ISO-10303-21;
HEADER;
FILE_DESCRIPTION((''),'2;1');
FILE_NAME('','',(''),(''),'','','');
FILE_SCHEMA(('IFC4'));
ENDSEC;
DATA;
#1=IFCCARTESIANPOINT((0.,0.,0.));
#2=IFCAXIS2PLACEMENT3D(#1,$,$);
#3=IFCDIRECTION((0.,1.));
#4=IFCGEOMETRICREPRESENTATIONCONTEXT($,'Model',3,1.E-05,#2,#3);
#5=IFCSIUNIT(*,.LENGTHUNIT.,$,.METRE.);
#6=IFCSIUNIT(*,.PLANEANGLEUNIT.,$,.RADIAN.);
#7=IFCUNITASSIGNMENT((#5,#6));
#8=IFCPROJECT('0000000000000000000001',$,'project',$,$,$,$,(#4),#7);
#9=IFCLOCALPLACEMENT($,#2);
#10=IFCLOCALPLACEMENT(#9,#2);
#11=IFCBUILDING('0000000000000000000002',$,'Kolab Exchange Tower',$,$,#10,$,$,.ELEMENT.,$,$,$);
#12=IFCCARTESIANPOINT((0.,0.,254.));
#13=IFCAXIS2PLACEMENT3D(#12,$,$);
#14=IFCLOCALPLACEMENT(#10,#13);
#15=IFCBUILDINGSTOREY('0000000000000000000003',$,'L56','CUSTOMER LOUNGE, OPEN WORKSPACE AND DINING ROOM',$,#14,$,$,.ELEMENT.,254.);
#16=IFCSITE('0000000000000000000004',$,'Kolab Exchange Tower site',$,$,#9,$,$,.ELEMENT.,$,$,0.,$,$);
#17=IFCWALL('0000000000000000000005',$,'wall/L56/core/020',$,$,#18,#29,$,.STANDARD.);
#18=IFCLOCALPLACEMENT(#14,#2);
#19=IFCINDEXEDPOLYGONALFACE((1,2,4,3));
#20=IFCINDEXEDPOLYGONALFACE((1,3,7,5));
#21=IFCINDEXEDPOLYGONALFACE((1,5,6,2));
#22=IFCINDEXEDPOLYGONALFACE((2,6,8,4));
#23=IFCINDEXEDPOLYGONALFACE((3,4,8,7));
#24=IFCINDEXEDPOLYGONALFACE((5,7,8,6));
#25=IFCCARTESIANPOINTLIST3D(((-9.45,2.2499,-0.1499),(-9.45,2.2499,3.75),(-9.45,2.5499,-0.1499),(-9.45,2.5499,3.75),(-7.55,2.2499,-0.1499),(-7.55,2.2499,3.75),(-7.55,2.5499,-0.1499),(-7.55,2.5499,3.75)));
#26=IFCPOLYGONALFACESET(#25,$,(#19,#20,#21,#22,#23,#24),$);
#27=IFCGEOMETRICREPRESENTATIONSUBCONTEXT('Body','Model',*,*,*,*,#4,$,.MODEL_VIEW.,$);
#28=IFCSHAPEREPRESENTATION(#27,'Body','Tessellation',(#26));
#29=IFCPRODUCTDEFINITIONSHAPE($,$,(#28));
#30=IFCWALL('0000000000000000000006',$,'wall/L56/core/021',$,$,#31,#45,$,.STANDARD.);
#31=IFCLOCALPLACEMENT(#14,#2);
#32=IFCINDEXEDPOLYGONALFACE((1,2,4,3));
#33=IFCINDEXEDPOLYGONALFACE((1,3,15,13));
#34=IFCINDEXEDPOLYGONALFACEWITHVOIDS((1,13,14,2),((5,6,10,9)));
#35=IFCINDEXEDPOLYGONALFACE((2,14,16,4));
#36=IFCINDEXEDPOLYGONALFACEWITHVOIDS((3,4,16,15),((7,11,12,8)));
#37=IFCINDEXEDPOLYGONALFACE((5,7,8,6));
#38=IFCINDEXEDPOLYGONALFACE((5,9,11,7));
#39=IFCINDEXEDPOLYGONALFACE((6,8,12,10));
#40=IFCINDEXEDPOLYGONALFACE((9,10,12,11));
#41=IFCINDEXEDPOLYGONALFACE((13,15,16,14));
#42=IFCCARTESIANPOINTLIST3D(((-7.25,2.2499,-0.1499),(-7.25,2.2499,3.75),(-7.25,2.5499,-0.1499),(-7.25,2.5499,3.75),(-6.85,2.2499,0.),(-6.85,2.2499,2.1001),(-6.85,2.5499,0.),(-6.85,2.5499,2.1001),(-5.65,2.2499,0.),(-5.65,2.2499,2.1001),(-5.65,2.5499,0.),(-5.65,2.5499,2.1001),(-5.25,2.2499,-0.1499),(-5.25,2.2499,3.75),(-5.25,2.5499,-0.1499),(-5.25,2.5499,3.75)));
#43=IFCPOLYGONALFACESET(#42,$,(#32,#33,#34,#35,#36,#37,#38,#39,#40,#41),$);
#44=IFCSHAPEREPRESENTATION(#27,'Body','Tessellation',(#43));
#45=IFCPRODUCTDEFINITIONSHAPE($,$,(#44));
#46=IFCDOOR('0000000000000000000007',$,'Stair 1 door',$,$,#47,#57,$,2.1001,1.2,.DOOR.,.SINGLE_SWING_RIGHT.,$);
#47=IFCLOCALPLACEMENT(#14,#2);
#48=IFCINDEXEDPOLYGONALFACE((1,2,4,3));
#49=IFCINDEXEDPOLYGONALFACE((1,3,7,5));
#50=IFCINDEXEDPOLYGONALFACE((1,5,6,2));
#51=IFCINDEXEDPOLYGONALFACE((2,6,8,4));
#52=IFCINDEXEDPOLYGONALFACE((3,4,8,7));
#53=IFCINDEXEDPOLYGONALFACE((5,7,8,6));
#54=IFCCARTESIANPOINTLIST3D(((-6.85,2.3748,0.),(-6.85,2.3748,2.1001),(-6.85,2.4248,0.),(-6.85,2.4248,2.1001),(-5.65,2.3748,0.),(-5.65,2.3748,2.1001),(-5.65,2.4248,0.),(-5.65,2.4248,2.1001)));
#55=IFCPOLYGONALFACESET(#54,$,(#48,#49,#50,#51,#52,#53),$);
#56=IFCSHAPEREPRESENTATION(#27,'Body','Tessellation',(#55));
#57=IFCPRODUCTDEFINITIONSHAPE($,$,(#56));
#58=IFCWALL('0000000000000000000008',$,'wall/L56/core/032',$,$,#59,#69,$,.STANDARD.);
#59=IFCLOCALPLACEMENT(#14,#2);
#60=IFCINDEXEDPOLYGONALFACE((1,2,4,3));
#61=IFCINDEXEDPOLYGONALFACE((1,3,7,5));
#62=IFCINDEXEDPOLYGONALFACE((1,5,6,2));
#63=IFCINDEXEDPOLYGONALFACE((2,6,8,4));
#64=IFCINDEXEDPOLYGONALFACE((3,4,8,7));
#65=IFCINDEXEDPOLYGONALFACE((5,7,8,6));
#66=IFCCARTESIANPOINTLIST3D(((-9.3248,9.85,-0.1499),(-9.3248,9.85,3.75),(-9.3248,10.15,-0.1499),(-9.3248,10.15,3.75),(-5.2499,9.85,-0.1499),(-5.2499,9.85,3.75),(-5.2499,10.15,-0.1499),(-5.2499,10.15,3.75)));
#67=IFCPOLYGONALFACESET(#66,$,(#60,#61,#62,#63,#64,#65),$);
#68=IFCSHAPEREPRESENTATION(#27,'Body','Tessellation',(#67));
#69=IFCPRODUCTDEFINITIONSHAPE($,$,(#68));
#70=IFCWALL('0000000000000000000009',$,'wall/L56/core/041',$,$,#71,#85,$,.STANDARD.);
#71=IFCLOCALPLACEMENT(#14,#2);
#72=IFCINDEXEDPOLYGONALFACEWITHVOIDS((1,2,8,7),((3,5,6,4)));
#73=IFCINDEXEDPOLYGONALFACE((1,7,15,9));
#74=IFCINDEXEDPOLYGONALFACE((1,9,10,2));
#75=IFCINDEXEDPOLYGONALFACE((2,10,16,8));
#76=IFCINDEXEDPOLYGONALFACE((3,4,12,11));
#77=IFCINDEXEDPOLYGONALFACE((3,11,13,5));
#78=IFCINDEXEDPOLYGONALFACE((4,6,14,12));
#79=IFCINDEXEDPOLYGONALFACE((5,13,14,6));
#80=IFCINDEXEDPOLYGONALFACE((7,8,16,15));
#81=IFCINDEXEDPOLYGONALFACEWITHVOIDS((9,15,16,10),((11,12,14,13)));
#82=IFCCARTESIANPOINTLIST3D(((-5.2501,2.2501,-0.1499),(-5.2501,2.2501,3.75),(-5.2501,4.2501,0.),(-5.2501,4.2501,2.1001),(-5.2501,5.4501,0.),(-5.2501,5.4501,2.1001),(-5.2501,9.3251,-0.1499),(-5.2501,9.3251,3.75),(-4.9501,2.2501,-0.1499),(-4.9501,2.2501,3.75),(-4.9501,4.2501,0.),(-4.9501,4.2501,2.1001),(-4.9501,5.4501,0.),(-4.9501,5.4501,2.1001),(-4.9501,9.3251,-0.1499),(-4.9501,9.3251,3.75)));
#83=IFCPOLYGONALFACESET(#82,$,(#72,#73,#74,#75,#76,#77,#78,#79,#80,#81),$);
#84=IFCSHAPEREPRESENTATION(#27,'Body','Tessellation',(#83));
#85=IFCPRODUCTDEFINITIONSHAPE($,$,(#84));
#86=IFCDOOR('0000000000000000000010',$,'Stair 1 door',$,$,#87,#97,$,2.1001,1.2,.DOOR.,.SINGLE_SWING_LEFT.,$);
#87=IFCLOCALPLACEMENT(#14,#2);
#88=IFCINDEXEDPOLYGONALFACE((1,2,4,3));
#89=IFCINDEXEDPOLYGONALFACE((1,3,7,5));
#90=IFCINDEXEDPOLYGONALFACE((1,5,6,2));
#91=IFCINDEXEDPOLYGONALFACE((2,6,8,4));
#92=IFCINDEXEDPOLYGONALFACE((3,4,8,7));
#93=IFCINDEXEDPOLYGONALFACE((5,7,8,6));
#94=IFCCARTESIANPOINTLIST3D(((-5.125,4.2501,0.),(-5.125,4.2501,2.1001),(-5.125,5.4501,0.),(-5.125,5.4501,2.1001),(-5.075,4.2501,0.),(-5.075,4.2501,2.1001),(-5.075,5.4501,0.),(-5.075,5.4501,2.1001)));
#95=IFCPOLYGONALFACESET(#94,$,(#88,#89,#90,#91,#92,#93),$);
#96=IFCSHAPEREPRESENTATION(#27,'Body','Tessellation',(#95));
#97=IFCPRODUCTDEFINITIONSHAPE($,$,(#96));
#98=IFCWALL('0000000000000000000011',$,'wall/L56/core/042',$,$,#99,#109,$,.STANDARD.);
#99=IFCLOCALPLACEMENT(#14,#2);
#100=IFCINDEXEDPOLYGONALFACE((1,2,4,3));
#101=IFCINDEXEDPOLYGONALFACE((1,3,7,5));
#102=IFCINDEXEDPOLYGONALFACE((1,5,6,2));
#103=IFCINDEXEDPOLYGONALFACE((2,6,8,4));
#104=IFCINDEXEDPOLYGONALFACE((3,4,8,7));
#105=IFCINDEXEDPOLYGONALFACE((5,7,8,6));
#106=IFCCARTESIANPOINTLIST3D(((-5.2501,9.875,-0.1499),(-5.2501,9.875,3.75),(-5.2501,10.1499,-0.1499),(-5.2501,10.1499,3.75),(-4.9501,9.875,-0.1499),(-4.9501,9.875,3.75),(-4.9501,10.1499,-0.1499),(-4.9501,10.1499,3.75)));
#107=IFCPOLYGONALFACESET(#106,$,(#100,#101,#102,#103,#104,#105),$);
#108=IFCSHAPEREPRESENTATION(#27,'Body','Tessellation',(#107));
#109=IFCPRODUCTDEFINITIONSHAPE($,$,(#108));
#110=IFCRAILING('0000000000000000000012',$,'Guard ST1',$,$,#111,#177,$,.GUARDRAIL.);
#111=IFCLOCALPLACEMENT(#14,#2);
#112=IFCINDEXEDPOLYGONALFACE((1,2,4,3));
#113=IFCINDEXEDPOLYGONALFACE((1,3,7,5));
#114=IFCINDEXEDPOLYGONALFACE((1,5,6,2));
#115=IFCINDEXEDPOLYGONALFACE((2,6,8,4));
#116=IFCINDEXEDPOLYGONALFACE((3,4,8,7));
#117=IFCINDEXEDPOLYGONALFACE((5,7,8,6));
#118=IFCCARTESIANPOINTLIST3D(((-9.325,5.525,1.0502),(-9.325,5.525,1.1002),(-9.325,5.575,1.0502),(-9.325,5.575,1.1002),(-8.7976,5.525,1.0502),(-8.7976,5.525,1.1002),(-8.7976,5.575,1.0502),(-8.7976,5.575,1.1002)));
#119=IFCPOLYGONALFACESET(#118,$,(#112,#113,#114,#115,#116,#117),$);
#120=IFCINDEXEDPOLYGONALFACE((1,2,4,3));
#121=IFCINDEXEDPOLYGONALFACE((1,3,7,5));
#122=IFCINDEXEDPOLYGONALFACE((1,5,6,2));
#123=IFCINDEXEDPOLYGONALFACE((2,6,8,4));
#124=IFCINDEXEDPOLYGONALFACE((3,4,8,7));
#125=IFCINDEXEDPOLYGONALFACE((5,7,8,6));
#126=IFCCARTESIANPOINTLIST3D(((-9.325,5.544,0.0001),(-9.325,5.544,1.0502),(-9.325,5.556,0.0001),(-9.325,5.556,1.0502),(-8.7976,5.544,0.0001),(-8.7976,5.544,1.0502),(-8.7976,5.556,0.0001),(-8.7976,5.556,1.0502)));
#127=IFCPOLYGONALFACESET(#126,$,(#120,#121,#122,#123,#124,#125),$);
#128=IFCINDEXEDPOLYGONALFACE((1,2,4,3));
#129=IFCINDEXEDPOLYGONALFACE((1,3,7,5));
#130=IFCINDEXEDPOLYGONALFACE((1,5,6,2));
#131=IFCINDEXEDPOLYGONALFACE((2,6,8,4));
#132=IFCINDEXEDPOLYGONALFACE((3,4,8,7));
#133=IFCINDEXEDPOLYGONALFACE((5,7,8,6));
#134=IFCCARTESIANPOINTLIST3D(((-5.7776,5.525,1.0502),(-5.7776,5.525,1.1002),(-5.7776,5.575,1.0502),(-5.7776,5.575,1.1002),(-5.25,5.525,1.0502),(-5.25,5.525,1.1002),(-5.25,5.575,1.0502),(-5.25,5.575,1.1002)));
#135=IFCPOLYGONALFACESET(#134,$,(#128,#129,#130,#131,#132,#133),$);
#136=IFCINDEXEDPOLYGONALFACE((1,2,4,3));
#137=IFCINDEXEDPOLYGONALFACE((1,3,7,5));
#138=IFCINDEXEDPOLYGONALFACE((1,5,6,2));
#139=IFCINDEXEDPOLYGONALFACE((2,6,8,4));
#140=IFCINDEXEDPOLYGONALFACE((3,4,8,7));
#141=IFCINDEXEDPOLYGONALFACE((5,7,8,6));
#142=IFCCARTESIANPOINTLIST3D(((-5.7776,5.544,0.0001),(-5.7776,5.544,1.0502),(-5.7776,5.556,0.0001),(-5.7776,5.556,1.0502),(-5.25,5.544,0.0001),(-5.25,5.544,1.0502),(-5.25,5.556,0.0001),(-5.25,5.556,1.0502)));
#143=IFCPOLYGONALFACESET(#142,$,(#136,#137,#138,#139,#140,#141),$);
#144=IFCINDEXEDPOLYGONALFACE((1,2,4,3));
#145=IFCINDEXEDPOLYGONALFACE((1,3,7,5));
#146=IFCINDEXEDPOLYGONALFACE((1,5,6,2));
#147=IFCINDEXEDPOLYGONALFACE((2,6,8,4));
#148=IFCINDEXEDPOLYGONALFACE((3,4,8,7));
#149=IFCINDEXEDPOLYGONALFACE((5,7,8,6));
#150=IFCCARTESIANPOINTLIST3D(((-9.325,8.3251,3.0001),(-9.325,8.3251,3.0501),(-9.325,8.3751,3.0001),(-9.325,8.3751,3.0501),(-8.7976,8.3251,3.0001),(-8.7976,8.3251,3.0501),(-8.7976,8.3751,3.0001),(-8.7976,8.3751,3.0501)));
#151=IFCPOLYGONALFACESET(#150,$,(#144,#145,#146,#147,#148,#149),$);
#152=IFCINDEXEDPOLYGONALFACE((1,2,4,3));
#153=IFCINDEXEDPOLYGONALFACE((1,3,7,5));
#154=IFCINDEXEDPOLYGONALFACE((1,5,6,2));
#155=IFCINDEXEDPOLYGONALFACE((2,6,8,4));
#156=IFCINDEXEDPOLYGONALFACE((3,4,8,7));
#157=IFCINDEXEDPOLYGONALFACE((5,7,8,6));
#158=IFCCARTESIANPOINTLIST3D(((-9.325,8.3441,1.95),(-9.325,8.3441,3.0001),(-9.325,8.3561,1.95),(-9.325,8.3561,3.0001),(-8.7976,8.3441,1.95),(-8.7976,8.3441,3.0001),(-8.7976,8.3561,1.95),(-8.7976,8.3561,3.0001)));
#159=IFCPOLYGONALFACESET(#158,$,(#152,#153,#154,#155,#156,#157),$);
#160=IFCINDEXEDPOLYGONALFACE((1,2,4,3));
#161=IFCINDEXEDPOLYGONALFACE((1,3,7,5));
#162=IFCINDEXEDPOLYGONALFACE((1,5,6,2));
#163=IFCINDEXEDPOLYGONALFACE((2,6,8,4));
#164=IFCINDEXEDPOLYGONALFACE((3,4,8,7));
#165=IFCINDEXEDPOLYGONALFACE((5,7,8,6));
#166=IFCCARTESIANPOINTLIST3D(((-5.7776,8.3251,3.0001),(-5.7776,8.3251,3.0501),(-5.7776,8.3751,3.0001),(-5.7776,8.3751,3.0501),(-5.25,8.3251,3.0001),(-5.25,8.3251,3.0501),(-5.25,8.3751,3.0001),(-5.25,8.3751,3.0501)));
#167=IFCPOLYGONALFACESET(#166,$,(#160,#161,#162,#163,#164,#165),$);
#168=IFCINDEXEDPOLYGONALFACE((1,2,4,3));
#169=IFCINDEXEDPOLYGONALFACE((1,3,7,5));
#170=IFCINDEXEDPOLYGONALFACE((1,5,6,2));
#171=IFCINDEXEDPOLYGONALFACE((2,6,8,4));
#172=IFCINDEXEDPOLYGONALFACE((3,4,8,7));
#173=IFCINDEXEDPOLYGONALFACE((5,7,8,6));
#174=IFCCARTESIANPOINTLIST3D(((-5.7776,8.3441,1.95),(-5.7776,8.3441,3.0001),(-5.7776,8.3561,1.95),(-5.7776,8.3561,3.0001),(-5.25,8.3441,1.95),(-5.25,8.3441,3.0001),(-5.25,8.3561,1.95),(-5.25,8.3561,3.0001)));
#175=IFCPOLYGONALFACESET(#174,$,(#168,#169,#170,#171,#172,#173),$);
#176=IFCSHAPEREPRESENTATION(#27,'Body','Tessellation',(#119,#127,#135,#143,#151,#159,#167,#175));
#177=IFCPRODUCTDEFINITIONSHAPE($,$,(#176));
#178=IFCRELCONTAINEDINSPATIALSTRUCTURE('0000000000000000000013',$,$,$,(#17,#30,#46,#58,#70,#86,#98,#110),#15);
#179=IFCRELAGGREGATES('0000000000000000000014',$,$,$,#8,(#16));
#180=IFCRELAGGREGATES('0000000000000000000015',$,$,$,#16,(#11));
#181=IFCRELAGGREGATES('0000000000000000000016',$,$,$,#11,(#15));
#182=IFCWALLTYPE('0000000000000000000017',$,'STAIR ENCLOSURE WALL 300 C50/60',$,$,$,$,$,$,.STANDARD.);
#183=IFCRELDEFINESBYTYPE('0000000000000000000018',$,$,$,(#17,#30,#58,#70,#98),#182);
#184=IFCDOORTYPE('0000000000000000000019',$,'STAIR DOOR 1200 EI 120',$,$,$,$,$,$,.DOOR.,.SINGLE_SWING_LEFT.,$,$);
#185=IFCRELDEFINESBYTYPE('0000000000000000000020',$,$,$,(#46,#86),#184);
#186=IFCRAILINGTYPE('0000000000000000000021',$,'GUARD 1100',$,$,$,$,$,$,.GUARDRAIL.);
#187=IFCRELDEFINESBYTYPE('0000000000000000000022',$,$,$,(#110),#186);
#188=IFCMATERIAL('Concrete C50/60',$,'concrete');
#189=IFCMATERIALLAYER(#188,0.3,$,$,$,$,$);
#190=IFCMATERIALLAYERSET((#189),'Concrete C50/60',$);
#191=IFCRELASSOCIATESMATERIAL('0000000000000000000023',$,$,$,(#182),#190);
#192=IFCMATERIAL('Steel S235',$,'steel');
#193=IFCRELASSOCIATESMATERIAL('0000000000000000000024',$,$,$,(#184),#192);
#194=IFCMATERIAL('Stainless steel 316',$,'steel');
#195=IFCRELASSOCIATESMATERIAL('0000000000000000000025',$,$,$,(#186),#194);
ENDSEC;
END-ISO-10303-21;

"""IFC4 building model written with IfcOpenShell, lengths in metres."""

from ifc_helpers import new_model, si_unit, direction, frame, frame_2d, origin, origin_2d, place, context, subcontext, project, spatial, rectangle, extrude, material, layer, layer_set, type_object, element, fill, save


model = new_model("IFC4")

# Units and contexts
model_context = context("Model", 3, precision=1e-05, world=origin(), true_north=direction((0.0, 1.0)))
body_context = subcontext(model_context, "Body", "Model", "MODEL_VIEW")
ifc_project = project(units=[si_unit("LENGTHUNIT", "METRE"), si_unit("PLANEANGLEUNIT", "RADIAN")], contexts=[model_context])

# Site, building, storey
site_placement = place(None, origin())
site = spatial("IfcSite", under=ifc_project, at=site_placement, Name="Kolab Exchange Tower site", CompositionType="ELEMENT", RefElevation=0.0)
building_placement = place(site_placement, origin())
building = spatial("IfcBuilding", under=site, at=building_placement, Name="Kolab Exchange Tower", CompositionType="ELEMENT")
storey_placement = place(building_placement, frame((0.0, 0.0, 254.0)))
storey = spatial("IfcBuildingStorey", under=building, at=storey_placement, Name="L56", Description="CUSTOMER LOUNGE, OPEN WORKSPACE AND DINING ROOM", CompositionType="ELEMENT", Elevation=254.0)

# Shared definitions
ifc_material_1 = material(Name="Concrete C50/60", Category="concrete")
ifc_material_2 = material(Name="Steel S235", Category="steel")

# Shared definitions
ifc_material_3 = material(Name="Stainless steel 316", Category="steel")

# Wall
ifc_layer_1 = layer(ifc_material_1, 0.3)
ifc_layer_set_1 = layer_set([ifc_layer_1], Name="Concrete C50/60")
wall_type_1 = type_object("IfcWallType", Name="STAIR ENCLOSURE WALL 300 C50/60", PredefinedType="STANDARD", material=ifc_layer_set_1)
wall_1_placement = place(storey_placement, frame((-9.45, 2.3999, -0.1499), z_axis=(0.0, 0.0, 1.0), x_axis=(1.0, 0.0, 0.0)))
element("IfcWall", 1, at=wall_1_placement, inside=storey, type_object=wall_type_1, Name="wall/L56/core/020", PredefinedType="STANDARD", context=body_context, shape_type="SweptSolid", body=[
    extrude(rectangle(XDim=1.8999, YDim=0.3, at=frame_2d((0.95, 0.0))), origin(), (0.0, 0.0, 1.0), 3.8999),
])

# Wall, opening, door
wall_2_placement = place(storey_placement, frame((-7.25, 2.3999, -0.1499), z_axis=(0.0, 0.0, 1.0), x_axis=(1.0, 0.0, 0.0)))
wall_2 = element("IfcWall", 2, at=wall_2_placement, inside=storey, type_object=wall_type_1, Name="wall/L56/core/021", PredefinedType="STANDARD", context=body_context, shape_type="SweptSolid", body=[
    extrude(rectangle(XDim=2.0, YDim=0.3, at=frame_2d((1.0, 0.0))), origin(), (0.0, 0.0, 1.0), 3.8999),
])
opening_1_placement = place(wall_2_placement, frame((0.3999, 0.0, 0.1499)))
opening_1 = element("IfcOpeningElement", 3, at=opening_1_placement, cuts=wall_2, PredefinedType="OPENING", context=body_context, shape_type="SweptSolid", body=[
    extrude(rectangle(XDim=1.2, YDim=2.1001, at=frame_2d((0.6001, 1.05))), frame((0.0, 0.1602, 0.0), z_axis=(0.0, -1.0, 0.0), x_axis=(1.0, 0.0, 0.0)), (0.0, 0.0, 1.0), 0.3201),
])
door_type_1 = type_object("IfcDoorType", Name="STAIR DOOR 1200 EI 120", OperationType="SINGLE_SWING_LEFT", PredefinedType="DOOR", material=ifc_material_2)
door_1_placement = place(opening_1_placement, origin())
door_1 = element("IfcDoor", 4, at=door_1_placement, inside=storey, type_object=door_type_1, Name="Stair 1 door", OperationType="SINGLE_SWING_RIGHT", OverallHeight=2.1001, OverallWidth=1.2, PredefinedType="DOOR", context=body_context, shape_type="SweptSolid", body=[
    extrude(rectangle(XDim=1.2, YDim=2.1001, at=frame_2d((0.6001, 1.05))), frame((0.0, 0.0249, 0.0), z_axis=(0.0, -1.0, 0.0), x_axis=(1.0, 0.0, 0.0)), (0.0, 0.0, 1.0), 0.05),
])
fill(opening_1, door_1)

# Wall
wall_3_placement = place(storey_placement, frame((-9.325, 10.0, -0.1499), z_axis=(0.0, 0.0, 1.0), x_axis=(1.0, 0.0, 0.0)))
element("IfcWall", 5, at=wall_3_placement, inside=storey, type_object=wall_type_1, Name="wall/L56/core/032", PredefinedType="STANDARD", context=body_context, shape_type="SweptSolid", body=[
    extrude(rectangle(XDim=4.075, YDim=0.3, at=frame_2d((2.0376, 0.0))), origin(), (0.0, 0.0, 1.0), 3.8999),
])

# Wall, opening, door
wall_4_placement = place(storey_placement, frame((-5.1001, 2.25, -0.1499), z_axis=(0.0, 0.0, 1.0), x_axis=(0.0, 1.0, 0.0)))
wall_4 = element("IfcWall", 6, at=wall_4_placement, inside=storey, type_object=wall_type_1, Name="wall/L56/core/041", PredefinedType="STANDARD", context=body_context, shape_type="SweptSolid", body=[
    extrude(rectangle(XDim=7.075, YDim=0.3, at=frame_2d((3.5376, 0.0))), origin(), (0.0, 0.0, 1.0), 3.8999),
])
opening_2_placement = place(wall_4_placement, frame((2.0, 0.0, 0.1499)))
opening_2 = element("IfcOpeningElement", 7, at=opening_2_placement, cuts=wall_4, PredefinedType="OPENING", context=body_context, shape_type="SweptSolid", body=[
    extrude(rectangle(XDim=1.2, YDim=2.1001, at=frame_2d((0.6001, 1.05))), frame((0.0, 0.1602, 0.0), z_axis=(0.0, -1.0, 0.0), x_axis=(1.0, 0.0, 0.0)), (0.0, 0.0, 1.0), 0.3201),
])
door_2_placement = place(opening_2_placement, origin())
door_2 = element("IfcDoor", 8, at=door_2_placement, inside=storey, type_object=door_type_1, Name="Stair 1 door", OperationType="SINGLE_SWING_LEFT", OverallHeight=2.1001, OverallWidth=1.2, PredefinedType="DOOR", context=body_context, shape_type="SweptSolid", body=[
    extrude(rectangle(XDim=1.2, YDim=2.1001, at=frame_2d((0.6001, 1.05))), frame((0.0, 0.0249, 0.0), z_axis=(0.0, -1.0, 0.0), x_axis=(1.0, 0.0, 0.0)), (0.0, 0.0, 1.0), 0.05),
])
fill(opening_2, door_2)

# Wall
wall_5_placement = place(storey_placement, frame((-5.1001, 9.875, -0.1499), z_axis=(0.0, 0.0, 1.0), x_axis=(0.0, 1.0, 0.0)))
element("IfcWall", 9, at=wall_5_placement, inside=storey, type_object=wall_type_1, Name="wall/L56/core/042", PredefinedType="STANDARD", context=body_context, shape_type="SweptSolid", body=[
    extrude(rectangle(XDim=0.2749, YDim=0.3, at=frame_2d((0.1375, 0.0))), origin(), (0.0, 0.0, 1.0), 3.8999),
])

# Railing
railing_type_1 = type_object("IfcRailingType", Name="GUARD 1100", PredefinedType="GUARDRAIL", material=ifc_material_3)
railing_1_placement = place(storey_placement, frame((-9.325, 5.55, 0.0)))
element("IfcRailing", 10, at=railing_1_placement, inside=storey, type_object=railing_type_1, Name="Guard ST1", PredefinedType="GUARDRAIL", context=body_context, shape_type="SweptSolid", body=[
    extrude(rectangle(XDim=0.05, YDim=0.05, at=origin_2d()), frame((0.0, 0.0, 1.0752), z_axis=(1.0, 0.0, 0.0), x_axis=(0.0, 1.0, 0.0)), (0.0, 0.0, 1.0), 0.5273),
    extrude(rectangle(XDim=0.012, YDim=1.0501, at=frame_2d((0.0, 0.5251))), frame((0.0, 0.0, 0.0), z_axis=(1.0, 0.0, 0.0), x_axis=(0.0, 1.0, 0.0)), (0.0, 0.0, 1.0), 0.5273),
    extrude(rectangle(XDim=0.05, YDim=0.05, at=origin_2d()), frame((3.5474, 0.0, 1.0752), z_axis=(1.0, 0.0, 0.0), x_axis=(0.0, 1.0, 0.0)), (0.0, 0.0, 1.0), 0.5276),
    extrude(rectangle(XDim=0.012, YDim=1.0501, at=frame_2d((0.0, 0.5251))), frame((3.5474, 0.0, 0.0), z_axis=(1.0, 0.0, 0.0), x_axis=(0.0, 1.0, 0.0)), (0.0, 0.0, 1.0), 0.5276),
    extrude(rectangle(XDim=0.05, YDim=0.05, at=origin_2d()), frame((0.0, 2.8, 3.0251), z_axis=(1.0, 0.0, 0.0), x_axis=(0.0, 1.0, 0.0)), (0.0, 0.0, 1.0), 0.5273),
    extrude(rectangle(XDim=0.012, YDim=1.0501, at=frame_2d((0.0, 0.5251))), frame((0.0, 2.8, 1.95), z_axis=(1.0, 0.0, 0.0), x_axis=(0.0, 1.0, 0.0)), (0.0, 0.0, 1.0), 0.5273),
    extrude(rectangle(XDim=0.05, YDim=0.05, at=origin_2d()), frame((3.5474, 2.8, 3.0251), z_axis=(1.0, 0.0, 0.0), x_axis=(0.0, 1.0, 0.0)), (0.0, 0.0, 1.0), 0.5276),
    extrude(rectangle(XDim=0.012, YDim=1.0501, at=frame_2d((0.0, 0.5251))), frame((3.5474, 2.8, 1.95), z_axis=(1.0, 0.0, 0.0), x_axis=(0.0, 1.0, 0.0)), (0.0, 0.0, 1.0), 0.5276),
])

save(model, "model.ifc")
